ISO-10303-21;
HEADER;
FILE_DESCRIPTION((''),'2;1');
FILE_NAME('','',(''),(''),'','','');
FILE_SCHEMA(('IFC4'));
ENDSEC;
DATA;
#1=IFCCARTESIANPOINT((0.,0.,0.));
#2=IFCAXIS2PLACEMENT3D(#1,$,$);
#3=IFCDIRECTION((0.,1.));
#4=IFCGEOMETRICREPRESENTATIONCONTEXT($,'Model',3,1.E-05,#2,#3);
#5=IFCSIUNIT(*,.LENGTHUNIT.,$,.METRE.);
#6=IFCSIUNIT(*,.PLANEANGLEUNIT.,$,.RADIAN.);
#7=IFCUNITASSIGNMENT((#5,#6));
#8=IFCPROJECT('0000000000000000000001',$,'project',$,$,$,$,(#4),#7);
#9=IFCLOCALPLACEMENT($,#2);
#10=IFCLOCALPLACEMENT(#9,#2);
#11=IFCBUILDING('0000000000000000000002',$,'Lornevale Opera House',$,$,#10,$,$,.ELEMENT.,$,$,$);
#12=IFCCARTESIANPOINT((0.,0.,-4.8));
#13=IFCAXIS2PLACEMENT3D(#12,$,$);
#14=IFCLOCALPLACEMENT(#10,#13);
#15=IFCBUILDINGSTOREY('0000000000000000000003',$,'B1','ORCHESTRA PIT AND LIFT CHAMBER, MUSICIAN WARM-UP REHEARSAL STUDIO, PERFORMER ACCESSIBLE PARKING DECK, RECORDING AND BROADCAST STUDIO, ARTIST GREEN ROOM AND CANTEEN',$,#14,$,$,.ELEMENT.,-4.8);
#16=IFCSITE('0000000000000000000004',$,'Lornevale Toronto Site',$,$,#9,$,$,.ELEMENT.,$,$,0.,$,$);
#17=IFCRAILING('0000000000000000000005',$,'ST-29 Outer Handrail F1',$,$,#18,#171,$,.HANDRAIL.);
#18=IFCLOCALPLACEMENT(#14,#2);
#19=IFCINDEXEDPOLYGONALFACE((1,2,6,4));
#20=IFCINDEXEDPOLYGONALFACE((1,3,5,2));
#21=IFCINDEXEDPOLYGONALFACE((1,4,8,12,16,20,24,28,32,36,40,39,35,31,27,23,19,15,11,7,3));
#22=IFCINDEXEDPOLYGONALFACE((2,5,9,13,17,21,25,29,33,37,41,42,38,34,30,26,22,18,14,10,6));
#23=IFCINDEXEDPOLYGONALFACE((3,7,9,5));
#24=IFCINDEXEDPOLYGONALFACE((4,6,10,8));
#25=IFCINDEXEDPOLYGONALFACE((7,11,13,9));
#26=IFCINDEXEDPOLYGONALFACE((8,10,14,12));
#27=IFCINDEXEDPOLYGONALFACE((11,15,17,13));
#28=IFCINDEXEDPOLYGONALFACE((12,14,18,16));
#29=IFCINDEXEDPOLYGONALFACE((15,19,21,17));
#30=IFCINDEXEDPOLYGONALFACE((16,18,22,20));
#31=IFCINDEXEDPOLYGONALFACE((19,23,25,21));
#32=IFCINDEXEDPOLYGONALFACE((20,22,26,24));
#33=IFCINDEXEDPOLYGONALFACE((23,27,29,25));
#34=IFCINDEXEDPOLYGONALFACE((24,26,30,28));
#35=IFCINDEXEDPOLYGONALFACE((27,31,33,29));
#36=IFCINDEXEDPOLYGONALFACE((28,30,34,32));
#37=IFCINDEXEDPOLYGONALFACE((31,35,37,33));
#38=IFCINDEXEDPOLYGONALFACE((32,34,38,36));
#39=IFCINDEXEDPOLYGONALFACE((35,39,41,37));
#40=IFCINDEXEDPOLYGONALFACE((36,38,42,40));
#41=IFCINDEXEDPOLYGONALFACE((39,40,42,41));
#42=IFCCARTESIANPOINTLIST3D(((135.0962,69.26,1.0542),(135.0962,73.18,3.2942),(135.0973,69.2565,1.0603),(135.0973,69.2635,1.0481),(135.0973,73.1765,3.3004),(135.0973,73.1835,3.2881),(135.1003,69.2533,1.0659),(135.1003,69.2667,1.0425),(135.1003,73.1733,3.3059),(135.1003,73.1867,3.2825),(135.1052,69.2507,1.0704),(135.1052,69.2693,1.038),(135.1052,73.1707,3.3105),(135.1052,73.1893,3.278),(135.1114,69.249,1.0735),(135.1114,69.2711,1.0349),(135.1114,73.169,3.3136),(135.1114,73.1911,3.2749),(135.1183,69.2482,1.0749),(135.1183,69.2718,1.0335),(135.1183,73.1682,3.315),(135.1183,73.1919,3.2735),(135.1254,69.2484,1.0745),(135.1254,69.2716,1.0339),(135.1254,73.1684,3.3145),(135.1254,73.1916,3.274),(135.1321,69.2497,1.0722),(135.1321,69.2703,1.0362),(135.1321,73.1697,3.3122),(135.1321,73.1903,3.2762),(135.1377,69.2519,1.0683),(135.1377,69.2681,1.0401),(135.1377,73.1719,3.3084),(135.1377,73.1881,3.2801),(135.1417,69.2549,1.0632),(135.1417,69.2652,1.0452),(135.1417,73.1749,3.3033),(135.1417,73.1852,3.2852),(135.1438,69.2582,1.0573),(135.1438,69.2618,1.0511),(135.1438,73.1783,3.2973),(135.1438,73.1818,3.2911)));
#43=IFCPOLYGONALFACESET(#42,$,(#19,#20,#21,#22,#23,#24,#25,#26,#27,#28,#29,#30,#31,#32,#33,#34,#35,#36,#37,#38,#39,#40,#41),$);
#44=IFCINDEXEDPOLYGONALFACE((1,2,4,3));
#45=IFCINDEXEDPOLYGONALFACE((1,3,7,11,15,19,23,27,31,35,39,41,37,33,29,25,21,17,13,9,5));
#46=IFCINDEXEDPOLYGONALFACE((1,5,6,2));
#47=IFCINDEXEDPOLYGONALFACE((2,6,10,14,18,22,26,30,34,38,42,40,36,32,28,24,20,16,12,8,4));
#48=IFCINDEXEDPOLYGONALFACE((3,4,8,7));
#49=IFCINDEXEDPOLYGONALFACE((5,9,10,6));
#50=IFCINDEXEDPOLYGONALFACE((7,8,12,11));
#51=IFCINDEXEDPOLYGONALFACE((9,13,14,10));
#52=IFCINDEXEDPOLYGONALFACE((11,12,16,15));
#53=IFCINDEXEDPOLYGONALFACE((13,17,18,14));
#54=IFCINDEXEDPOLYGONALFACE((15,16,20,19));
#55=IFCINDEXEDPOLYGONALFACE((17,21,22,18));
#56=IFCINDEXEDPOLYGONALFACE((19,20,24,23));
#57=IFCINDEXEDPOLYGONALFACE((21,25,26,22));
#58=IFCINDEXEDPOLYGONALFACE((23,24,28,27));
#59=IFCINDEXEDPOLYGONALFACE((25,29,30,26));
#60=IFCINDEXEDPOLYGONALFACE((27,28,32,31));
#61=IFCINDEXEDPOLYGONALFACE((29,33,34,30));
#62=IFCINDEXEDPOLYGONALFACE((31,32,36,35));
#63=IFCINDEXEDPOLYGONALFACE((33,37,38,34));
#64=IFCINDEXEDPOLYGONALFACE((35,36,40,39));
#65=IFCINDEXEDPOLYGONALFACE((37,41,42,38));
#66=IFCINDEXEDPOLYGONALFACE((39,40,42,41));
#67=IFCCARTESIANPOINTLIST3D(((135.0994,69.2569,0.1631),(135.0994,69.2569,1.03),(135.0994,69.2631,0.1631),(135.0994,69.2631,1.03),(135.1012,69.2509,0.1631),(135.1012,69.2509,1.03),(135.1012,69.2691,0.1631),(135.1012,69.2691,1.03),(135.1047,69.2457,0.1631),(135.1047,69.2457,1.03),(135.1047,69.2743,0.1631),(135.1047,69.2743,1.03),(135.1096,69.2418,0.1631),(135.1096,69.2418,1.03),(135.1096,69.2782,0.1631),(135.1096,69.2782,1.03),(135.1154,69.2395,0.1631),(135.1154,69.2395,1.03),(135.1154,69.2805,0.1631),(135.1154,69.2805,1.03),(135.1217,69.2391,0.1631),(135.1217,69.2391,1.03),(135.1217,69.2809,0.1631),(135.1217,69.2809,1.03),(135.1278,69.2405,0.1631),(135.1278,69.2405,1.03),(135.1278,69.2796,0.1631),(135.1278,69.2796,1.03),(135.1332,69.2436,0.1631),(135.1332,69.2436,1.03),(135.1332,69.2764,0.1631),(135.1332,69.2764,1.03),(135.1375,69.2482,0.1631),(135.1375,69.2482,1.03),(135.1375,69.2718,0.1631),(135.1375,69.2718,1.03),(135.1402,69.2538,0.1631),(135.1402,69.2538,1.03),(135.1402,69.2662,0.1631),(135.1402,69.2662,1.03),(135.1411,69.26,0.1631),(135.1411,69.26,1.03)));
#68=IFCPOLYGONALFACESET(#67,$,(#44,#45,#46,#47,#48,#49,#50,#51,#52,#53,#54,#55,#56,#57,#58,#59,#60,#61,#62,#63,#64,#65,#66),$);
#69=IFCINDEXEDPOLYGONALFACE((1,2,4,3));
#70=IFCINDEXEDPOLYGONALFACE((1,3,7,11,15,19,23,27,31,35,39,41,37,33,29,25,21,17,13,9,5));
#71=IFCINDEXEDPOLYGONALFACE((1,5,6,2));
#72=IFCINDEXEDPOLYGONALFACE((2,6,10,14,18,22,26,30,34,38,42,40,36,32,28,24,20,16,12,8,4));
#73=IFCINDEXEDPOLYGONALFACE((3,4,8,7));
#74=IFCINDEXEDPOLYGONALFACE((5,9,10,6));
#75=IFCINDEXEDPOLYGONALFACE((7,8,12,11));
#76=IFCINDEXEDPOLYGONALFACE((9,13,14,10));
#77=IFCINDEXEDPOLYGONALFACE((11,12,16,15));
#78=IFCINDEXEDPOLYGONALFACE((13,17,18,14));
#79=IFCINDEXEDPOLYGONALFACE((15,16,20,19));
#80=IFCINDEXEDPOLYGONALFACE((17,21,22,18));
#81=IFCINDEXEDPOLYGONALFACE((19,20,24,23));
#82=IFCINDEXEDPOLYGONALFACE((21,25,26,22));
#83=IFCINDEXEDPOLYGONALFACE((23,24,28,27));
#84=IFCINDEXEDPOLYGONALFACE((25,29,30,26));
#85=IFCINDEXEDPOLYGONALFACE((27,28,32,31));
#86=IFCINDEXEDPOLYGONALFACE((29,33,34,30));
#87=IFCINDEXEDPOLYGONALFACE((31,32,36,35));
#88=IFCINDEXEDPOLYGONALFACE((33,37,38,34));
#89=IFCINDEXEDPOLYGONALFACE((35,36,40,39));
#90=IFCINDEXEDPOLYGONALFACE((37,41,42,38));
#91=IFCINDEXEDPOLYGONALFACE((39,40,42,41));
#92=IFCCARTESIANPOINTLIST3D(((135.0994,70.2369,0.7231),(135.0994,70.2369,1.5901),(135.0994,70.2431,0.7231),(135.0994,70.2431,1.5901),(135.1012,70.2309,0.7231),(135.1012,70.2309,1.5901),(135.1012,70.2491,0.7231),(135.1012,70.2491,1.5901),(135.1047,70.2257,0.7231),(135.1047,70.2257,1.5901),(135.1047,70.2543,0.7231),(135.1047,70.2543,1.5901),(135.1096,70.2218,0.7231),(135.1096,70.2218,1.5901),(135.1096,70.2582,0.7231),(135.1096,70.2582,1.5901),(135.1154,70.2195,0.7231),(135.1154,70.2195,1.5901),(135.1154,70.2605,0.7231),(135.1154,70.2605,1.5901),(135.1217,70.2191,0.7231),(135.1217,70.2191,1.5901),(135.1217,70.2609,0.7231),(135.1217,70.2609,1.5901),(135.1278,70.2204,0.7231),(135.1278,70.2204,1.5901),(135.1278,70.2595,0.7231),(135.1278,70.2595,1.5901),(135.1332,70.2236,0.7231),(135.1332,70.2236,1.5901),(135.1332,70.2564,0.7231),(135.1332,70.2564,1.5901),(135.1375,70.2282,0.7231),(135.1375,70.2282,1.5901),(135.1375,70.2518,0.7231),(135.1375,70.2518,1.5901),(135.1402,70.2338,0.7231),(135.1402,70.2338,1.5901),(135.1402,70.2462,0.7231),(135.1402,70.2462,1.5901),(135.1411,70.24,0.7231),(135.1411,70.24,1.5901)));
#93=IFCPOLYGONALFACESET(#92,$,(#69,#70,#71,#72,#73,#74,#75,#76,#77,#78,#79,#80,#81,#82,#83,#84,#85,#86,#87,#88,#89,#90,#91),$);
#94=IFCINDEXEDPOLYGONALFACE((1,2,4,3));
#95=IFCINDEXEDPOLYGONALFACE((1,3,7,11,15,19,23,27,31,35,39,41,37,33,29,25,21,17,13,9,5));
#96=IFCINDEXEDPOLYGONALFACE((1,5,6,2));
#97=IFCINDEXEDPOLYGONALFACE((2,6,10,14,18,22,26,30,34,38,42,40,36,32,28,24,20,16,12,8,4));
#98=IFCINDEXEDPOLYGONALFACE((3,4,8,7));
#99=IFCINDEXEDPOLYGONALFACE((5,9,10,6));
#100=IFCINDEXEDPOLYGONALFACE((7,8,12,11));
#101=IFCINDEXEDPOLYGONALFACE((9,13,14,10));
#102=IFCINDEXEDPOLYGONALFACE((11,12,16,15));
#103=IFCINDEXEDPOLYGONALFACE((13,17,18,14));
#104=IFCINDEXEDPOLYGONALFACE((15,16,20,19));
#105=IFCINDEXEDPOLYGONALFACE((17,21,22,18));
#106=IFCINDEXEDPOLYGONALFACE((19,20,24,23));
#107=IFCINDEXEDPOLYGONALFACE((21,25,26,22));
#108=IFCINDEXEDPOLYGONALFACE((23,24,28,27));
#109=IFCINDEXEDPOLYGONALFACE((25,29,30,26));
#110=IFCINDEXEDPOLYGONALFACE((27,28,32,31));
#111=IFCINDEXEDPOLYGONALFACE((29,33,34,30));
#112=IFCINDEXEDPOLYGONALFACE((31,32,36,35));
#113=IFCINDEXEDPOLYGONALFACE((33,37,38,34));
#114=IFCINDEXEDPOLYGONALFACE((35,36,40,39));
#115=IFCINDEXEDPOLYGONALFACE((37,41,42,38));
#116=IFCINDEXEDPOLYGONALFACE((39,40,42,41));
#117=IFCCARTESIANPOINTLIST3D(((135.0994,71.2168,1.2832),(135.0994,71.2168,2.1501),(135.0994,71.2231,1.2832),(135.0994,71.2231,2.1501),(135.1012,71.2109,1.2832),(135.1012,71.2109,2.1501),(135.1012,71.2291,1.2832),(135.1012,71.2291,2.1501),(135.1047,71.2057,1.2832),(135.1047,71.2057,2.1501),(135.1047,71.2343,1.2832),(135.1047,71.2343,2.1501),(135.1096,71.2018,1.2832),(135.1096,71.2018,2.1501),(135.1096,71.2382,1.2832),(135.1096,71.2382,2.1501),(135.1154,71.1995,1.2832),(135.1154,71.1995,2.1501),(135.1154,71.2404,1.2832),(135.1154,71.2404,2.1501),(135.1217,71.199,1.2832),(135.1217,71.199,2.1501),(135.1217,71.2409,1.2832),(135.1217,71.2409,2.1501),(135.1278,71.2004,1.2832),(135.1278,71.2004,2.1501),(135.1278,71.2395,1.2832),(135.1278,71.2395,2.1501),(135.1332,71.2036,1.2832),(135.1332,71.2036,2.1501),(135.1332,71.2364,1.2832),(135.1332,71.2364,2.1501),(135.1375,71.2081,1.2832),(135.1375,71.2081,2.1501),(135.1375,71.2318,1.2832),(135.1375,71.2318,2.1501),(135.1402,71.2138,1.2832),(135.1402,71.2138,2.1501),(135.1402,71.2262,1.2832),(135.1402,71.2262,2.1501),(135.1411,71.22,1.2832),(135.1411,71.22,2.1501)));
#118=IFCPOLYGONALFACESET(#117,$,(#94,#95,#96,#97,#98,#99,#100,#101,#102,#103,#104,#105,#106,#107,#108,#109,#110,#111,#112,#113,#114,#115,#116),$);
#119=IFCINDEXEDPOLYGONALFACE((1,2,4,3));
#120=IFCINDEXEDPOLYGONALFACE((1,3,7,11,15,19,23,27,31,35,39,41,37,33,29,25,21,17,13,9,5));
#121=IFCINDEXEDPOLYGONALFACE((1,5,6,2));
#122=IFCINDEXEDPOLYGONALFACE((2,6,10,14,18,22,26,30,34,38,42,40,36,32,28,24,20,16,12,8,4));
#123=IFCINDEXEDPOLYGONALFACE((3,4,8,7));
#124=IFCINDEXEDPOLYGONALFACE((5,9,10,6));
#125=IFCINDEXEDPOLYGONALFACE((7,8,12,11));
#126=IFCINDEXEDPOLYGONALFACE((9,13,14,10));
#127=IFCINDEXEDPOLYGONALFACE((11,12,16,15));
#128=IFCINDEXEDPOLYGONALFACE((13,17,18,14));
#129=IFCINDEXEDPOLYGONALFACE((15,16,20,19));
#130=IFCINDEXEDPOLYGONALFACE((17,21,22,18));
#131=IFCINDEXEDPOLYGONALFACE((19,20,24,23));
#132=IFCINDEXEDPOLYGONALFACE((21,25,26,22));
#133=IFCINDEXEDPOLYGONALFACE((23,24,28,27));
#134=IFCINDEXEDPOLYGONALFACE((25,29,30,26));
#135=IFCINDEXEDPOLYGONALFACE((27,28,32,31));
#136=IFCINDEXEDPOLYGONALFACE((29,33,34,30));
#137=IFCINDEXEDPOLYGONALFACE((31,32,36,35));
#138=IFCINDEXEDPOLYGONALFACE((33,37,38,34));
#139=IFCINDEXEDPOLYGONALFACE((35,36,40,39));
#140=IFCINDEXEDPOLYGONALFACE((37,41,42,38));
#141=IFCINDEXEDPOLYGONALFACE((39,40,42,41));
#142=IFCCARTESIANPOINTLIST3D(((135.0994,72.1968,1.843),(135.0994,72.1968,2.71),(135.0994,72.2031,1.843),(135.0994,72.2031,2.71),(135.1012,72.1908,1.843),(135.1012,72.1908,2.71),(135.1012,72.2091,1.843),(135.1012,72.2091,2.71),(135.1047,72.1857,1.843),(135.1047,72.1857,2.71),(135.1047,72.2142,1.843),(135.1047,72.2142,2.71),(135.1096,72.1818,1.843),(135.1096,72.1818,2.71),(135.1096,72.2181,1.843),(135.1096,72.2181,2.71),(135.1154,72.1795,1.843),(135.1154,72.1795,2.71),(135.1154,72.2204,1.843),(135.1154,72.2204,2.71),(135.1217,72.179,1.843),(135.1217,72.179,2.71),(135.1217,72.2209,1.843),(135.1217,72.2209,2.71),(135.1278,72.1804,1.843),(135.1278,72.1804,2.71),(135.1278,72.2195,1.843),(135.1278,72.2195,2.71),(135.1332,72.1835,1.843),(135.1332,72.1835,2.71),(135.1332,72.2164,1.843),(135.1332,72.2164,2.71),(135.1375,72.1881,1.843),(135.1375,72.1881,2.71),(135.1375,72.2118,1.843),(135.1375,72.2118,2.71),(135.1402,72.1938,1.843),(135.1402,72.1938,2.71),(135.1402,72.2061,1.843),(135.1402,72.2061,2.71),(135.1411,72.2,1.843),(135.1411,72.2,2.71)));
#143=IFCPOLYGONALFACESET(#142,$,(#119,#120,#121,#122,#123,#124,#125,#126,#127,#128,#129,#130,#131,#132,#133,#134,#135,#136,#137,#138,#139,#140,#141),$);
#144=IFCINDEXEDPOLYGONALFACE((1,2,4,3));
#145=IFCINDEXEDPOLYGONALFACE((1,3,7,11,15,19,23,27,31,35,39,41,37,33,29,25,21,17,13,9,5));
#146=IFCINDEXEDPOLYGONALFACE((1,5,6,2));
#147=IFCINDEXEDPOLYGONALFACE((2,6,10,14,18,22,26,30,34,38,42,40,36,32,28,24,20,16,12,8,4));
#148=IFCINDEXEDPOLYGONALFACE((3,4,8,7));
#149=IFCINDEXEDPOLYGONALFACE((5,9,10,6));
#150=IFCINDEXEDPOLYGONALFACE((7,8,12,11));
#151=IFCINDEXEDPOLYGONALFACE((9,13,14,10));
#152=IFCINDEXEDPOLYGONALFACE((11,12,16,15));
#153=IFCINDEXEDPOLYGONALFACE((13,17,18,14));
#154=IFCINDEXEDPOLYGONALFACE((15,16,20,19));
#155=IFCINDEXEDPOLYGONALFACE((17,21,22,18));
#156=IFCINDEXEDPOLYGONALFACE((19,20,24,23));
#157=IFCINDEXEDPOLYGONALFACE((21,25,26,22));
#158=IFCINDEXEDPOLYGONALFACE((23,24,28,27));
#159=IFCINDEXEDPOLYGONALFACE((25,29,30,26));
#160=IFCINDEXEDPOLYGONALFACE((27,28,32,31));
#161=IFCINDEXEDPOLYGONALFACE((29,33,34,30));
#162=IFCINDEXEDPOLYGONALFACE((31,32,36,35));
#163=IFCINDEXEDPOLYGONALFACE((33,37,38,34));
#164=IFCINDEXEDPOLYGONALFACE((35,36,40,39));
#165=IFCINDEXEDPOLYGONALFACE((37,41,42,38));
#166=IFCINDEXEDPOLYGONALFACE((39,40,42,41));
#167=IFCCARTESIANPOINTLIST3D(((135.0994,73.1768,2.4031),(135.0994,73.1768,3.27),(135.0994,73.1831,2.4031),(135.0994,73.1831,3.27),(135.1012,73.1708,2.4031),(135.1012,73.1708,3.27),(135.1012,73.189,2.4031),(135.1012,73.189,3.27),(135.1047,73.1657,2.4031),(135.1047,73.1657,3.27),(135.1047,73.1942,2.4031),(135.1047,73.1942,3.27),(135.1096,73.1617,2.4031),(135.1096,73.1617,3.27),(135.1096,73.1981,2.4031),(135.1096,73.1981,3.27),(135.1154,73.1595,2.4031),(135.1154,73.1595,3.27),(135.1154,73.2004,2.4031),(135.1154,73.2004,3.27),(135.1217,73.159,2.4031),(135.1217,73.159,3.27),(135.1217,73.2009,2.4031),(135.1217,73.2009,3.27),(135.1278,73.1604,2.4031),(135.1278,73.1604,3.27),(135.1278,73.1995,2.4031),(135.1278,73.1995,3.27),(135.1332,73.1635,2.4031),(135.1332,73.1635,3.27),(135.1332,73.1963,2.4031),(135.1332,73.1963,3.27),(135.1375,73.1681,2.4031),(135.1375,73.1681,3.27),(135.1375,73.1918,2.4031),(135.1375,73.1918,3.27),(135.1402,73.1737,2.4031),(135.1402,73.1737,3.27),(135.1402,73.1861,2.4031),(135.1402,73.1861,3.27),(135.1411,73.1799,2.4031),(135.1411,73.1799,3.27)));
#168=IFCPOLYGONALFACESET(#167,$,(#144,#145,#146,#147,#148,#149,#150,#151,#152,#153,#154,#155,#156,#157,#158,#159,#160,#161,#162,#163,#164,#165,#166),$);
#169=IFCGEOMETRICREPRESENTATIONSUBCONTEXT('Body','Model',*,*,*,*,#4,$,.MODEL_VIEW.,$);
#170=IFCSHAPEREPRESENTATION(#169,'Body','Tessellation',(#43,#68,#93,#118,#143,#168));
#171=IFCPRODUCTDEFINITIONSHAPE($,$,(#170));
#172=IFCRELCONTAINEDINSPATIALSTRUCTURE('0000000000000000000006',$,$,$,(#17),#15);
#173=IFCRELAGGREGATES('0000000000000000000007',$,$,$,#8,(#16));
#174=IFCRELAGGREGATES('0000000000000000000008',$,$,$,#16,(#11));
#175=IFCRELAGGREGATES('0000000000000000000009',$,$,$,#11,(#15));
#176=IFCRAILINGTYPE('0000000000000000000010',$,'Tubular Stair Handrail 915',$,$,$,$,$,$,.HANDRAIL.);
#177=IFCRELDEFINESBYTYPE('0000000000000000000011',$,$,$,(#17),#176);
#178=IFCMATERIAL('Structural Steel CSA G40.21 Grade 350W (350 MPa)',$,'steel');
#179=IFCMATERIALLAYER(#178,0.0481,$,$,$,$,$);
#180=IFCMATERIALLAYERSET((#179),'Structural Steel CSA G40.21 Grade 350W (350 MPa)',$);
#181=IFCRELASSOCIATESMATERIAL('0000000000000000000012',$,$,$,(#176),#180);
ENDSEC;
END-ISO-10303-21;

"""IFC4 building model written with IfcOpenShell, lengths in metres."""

from ifc_helpers import new_model, si_unit, direction, frame, origin, origin_2d, place, context, subcontext, project, spatial, circle, extrude, material, layer, layer_set, type_object, element, save


model = new_model("IFC4")

# Units and contexts
model_context = context("Model", 3, precision=1e-05, world=origin(), true_north=direction((0.0, 1.0)))
body_context = subcontext(model_context, "Body", "Model", "MODEL_VIEW")
ifc_project = project(units=[si_unit("LENGTHUNIT", "METRE"), si_unit("PLANEANGLEUNIT", "RADIAN")], contexts=[model_context])

# Site, building, storey
site_placement = place(None, origin())
site = spatial("IfcSite", under=ifc_project, at=site_placement, Name="Lornevale Toronto Site", CompositionType="ELEMENT", RefElevation=0.0)
building_placement = place(site_placement, origin())
building = spatial("IfcBuilding", under=site, at=building_placement, Name="Lornevale Opera House", CompositionType="ELEMENT")
storey_placement = place(building_placement, frame((0.0, 0.0, -4.8)))
storey = spatial("IfcBuildingStorey", under=building, at=storey_placement, Name="B1", Description="ORCHESTRA PIT AND LIFT CHAMBER, MUSICIAN WARM-UP REHEARSAL STUDIO, PERFORMER ACCESSIBLE PARKING DECK, RECORDING AND BROADCAST STUDIO, ARTIST GREEN ROOM AND CANTEEN", CompositionType="ELEMENT", Elevation=-4.8)

# Railing
ifc_material_1 = material(Name="Structural Steel CSA G40.21 Grade 350W (350 MPa)", Category="steel")
ifc_layer_1 = layer(ifc_material_1, 0.0481)
ifc_layer_set_1 = layer_set([ifc_layer_1], Name="Structural Steel CSA G40.21 Grade 350W (350 MPa)")
railing_type_1 = type_object("IfcRailingType", Name="Tubular Stair Handrail 915", PredefinedType="HANDRAIL", material=ifc_layer_set_1)
railing_1_placement = place(storey_placement, frame((135.1201, 69.26, 0.1631)))
element("IfcRailing", 1, at=railing_1_placement, inside=storey, type_object=railing_type_1, Name="ST-29 Outer Handrail F1", PredefinedType="HANDRAIL", context=body_context, shape_type="SweptSolid", body=[
    extrude(circle(Radius=0.0239, at=origin_2d()), frame((0.0, 0.0, 0.8911), z_axis=(0.0, 0.86824, 0.496145), x_axis=(-1.0, 0.0, 0.0)), (0.0, 0.0, 1.0), 4.5149),
    extrude(circle(Radius=0.021, at=origin_2d()), origin(), (0.0, 0.0, 1.0), 0.8669),
    extrude(circle(Radius=0.021, at=origin_2d()), frame((0.0, 0.98, 0.5601)), (0.0, 0.0, 1.0), 0.8669),
    extrude(circle(Radius=0.021, at=origin_2d()), frame((0.0, 1.96, 1.1201)), (0.0, 0.0, 1.0), 0.8669),
    extrude(circle(Radius=0.021, at=origin_2d()), frame((0.0, 2.9399, 1.6799)), (0.0, 0.0, 1.0), 0.8669),
    extrude(circle(Radius=0.021, at=origin_2d()), frame((0.0, 3.9199, 2.24)), (0.0, 0.0, 1.0), 0.8669),
])

save(model, "model.ifc")
